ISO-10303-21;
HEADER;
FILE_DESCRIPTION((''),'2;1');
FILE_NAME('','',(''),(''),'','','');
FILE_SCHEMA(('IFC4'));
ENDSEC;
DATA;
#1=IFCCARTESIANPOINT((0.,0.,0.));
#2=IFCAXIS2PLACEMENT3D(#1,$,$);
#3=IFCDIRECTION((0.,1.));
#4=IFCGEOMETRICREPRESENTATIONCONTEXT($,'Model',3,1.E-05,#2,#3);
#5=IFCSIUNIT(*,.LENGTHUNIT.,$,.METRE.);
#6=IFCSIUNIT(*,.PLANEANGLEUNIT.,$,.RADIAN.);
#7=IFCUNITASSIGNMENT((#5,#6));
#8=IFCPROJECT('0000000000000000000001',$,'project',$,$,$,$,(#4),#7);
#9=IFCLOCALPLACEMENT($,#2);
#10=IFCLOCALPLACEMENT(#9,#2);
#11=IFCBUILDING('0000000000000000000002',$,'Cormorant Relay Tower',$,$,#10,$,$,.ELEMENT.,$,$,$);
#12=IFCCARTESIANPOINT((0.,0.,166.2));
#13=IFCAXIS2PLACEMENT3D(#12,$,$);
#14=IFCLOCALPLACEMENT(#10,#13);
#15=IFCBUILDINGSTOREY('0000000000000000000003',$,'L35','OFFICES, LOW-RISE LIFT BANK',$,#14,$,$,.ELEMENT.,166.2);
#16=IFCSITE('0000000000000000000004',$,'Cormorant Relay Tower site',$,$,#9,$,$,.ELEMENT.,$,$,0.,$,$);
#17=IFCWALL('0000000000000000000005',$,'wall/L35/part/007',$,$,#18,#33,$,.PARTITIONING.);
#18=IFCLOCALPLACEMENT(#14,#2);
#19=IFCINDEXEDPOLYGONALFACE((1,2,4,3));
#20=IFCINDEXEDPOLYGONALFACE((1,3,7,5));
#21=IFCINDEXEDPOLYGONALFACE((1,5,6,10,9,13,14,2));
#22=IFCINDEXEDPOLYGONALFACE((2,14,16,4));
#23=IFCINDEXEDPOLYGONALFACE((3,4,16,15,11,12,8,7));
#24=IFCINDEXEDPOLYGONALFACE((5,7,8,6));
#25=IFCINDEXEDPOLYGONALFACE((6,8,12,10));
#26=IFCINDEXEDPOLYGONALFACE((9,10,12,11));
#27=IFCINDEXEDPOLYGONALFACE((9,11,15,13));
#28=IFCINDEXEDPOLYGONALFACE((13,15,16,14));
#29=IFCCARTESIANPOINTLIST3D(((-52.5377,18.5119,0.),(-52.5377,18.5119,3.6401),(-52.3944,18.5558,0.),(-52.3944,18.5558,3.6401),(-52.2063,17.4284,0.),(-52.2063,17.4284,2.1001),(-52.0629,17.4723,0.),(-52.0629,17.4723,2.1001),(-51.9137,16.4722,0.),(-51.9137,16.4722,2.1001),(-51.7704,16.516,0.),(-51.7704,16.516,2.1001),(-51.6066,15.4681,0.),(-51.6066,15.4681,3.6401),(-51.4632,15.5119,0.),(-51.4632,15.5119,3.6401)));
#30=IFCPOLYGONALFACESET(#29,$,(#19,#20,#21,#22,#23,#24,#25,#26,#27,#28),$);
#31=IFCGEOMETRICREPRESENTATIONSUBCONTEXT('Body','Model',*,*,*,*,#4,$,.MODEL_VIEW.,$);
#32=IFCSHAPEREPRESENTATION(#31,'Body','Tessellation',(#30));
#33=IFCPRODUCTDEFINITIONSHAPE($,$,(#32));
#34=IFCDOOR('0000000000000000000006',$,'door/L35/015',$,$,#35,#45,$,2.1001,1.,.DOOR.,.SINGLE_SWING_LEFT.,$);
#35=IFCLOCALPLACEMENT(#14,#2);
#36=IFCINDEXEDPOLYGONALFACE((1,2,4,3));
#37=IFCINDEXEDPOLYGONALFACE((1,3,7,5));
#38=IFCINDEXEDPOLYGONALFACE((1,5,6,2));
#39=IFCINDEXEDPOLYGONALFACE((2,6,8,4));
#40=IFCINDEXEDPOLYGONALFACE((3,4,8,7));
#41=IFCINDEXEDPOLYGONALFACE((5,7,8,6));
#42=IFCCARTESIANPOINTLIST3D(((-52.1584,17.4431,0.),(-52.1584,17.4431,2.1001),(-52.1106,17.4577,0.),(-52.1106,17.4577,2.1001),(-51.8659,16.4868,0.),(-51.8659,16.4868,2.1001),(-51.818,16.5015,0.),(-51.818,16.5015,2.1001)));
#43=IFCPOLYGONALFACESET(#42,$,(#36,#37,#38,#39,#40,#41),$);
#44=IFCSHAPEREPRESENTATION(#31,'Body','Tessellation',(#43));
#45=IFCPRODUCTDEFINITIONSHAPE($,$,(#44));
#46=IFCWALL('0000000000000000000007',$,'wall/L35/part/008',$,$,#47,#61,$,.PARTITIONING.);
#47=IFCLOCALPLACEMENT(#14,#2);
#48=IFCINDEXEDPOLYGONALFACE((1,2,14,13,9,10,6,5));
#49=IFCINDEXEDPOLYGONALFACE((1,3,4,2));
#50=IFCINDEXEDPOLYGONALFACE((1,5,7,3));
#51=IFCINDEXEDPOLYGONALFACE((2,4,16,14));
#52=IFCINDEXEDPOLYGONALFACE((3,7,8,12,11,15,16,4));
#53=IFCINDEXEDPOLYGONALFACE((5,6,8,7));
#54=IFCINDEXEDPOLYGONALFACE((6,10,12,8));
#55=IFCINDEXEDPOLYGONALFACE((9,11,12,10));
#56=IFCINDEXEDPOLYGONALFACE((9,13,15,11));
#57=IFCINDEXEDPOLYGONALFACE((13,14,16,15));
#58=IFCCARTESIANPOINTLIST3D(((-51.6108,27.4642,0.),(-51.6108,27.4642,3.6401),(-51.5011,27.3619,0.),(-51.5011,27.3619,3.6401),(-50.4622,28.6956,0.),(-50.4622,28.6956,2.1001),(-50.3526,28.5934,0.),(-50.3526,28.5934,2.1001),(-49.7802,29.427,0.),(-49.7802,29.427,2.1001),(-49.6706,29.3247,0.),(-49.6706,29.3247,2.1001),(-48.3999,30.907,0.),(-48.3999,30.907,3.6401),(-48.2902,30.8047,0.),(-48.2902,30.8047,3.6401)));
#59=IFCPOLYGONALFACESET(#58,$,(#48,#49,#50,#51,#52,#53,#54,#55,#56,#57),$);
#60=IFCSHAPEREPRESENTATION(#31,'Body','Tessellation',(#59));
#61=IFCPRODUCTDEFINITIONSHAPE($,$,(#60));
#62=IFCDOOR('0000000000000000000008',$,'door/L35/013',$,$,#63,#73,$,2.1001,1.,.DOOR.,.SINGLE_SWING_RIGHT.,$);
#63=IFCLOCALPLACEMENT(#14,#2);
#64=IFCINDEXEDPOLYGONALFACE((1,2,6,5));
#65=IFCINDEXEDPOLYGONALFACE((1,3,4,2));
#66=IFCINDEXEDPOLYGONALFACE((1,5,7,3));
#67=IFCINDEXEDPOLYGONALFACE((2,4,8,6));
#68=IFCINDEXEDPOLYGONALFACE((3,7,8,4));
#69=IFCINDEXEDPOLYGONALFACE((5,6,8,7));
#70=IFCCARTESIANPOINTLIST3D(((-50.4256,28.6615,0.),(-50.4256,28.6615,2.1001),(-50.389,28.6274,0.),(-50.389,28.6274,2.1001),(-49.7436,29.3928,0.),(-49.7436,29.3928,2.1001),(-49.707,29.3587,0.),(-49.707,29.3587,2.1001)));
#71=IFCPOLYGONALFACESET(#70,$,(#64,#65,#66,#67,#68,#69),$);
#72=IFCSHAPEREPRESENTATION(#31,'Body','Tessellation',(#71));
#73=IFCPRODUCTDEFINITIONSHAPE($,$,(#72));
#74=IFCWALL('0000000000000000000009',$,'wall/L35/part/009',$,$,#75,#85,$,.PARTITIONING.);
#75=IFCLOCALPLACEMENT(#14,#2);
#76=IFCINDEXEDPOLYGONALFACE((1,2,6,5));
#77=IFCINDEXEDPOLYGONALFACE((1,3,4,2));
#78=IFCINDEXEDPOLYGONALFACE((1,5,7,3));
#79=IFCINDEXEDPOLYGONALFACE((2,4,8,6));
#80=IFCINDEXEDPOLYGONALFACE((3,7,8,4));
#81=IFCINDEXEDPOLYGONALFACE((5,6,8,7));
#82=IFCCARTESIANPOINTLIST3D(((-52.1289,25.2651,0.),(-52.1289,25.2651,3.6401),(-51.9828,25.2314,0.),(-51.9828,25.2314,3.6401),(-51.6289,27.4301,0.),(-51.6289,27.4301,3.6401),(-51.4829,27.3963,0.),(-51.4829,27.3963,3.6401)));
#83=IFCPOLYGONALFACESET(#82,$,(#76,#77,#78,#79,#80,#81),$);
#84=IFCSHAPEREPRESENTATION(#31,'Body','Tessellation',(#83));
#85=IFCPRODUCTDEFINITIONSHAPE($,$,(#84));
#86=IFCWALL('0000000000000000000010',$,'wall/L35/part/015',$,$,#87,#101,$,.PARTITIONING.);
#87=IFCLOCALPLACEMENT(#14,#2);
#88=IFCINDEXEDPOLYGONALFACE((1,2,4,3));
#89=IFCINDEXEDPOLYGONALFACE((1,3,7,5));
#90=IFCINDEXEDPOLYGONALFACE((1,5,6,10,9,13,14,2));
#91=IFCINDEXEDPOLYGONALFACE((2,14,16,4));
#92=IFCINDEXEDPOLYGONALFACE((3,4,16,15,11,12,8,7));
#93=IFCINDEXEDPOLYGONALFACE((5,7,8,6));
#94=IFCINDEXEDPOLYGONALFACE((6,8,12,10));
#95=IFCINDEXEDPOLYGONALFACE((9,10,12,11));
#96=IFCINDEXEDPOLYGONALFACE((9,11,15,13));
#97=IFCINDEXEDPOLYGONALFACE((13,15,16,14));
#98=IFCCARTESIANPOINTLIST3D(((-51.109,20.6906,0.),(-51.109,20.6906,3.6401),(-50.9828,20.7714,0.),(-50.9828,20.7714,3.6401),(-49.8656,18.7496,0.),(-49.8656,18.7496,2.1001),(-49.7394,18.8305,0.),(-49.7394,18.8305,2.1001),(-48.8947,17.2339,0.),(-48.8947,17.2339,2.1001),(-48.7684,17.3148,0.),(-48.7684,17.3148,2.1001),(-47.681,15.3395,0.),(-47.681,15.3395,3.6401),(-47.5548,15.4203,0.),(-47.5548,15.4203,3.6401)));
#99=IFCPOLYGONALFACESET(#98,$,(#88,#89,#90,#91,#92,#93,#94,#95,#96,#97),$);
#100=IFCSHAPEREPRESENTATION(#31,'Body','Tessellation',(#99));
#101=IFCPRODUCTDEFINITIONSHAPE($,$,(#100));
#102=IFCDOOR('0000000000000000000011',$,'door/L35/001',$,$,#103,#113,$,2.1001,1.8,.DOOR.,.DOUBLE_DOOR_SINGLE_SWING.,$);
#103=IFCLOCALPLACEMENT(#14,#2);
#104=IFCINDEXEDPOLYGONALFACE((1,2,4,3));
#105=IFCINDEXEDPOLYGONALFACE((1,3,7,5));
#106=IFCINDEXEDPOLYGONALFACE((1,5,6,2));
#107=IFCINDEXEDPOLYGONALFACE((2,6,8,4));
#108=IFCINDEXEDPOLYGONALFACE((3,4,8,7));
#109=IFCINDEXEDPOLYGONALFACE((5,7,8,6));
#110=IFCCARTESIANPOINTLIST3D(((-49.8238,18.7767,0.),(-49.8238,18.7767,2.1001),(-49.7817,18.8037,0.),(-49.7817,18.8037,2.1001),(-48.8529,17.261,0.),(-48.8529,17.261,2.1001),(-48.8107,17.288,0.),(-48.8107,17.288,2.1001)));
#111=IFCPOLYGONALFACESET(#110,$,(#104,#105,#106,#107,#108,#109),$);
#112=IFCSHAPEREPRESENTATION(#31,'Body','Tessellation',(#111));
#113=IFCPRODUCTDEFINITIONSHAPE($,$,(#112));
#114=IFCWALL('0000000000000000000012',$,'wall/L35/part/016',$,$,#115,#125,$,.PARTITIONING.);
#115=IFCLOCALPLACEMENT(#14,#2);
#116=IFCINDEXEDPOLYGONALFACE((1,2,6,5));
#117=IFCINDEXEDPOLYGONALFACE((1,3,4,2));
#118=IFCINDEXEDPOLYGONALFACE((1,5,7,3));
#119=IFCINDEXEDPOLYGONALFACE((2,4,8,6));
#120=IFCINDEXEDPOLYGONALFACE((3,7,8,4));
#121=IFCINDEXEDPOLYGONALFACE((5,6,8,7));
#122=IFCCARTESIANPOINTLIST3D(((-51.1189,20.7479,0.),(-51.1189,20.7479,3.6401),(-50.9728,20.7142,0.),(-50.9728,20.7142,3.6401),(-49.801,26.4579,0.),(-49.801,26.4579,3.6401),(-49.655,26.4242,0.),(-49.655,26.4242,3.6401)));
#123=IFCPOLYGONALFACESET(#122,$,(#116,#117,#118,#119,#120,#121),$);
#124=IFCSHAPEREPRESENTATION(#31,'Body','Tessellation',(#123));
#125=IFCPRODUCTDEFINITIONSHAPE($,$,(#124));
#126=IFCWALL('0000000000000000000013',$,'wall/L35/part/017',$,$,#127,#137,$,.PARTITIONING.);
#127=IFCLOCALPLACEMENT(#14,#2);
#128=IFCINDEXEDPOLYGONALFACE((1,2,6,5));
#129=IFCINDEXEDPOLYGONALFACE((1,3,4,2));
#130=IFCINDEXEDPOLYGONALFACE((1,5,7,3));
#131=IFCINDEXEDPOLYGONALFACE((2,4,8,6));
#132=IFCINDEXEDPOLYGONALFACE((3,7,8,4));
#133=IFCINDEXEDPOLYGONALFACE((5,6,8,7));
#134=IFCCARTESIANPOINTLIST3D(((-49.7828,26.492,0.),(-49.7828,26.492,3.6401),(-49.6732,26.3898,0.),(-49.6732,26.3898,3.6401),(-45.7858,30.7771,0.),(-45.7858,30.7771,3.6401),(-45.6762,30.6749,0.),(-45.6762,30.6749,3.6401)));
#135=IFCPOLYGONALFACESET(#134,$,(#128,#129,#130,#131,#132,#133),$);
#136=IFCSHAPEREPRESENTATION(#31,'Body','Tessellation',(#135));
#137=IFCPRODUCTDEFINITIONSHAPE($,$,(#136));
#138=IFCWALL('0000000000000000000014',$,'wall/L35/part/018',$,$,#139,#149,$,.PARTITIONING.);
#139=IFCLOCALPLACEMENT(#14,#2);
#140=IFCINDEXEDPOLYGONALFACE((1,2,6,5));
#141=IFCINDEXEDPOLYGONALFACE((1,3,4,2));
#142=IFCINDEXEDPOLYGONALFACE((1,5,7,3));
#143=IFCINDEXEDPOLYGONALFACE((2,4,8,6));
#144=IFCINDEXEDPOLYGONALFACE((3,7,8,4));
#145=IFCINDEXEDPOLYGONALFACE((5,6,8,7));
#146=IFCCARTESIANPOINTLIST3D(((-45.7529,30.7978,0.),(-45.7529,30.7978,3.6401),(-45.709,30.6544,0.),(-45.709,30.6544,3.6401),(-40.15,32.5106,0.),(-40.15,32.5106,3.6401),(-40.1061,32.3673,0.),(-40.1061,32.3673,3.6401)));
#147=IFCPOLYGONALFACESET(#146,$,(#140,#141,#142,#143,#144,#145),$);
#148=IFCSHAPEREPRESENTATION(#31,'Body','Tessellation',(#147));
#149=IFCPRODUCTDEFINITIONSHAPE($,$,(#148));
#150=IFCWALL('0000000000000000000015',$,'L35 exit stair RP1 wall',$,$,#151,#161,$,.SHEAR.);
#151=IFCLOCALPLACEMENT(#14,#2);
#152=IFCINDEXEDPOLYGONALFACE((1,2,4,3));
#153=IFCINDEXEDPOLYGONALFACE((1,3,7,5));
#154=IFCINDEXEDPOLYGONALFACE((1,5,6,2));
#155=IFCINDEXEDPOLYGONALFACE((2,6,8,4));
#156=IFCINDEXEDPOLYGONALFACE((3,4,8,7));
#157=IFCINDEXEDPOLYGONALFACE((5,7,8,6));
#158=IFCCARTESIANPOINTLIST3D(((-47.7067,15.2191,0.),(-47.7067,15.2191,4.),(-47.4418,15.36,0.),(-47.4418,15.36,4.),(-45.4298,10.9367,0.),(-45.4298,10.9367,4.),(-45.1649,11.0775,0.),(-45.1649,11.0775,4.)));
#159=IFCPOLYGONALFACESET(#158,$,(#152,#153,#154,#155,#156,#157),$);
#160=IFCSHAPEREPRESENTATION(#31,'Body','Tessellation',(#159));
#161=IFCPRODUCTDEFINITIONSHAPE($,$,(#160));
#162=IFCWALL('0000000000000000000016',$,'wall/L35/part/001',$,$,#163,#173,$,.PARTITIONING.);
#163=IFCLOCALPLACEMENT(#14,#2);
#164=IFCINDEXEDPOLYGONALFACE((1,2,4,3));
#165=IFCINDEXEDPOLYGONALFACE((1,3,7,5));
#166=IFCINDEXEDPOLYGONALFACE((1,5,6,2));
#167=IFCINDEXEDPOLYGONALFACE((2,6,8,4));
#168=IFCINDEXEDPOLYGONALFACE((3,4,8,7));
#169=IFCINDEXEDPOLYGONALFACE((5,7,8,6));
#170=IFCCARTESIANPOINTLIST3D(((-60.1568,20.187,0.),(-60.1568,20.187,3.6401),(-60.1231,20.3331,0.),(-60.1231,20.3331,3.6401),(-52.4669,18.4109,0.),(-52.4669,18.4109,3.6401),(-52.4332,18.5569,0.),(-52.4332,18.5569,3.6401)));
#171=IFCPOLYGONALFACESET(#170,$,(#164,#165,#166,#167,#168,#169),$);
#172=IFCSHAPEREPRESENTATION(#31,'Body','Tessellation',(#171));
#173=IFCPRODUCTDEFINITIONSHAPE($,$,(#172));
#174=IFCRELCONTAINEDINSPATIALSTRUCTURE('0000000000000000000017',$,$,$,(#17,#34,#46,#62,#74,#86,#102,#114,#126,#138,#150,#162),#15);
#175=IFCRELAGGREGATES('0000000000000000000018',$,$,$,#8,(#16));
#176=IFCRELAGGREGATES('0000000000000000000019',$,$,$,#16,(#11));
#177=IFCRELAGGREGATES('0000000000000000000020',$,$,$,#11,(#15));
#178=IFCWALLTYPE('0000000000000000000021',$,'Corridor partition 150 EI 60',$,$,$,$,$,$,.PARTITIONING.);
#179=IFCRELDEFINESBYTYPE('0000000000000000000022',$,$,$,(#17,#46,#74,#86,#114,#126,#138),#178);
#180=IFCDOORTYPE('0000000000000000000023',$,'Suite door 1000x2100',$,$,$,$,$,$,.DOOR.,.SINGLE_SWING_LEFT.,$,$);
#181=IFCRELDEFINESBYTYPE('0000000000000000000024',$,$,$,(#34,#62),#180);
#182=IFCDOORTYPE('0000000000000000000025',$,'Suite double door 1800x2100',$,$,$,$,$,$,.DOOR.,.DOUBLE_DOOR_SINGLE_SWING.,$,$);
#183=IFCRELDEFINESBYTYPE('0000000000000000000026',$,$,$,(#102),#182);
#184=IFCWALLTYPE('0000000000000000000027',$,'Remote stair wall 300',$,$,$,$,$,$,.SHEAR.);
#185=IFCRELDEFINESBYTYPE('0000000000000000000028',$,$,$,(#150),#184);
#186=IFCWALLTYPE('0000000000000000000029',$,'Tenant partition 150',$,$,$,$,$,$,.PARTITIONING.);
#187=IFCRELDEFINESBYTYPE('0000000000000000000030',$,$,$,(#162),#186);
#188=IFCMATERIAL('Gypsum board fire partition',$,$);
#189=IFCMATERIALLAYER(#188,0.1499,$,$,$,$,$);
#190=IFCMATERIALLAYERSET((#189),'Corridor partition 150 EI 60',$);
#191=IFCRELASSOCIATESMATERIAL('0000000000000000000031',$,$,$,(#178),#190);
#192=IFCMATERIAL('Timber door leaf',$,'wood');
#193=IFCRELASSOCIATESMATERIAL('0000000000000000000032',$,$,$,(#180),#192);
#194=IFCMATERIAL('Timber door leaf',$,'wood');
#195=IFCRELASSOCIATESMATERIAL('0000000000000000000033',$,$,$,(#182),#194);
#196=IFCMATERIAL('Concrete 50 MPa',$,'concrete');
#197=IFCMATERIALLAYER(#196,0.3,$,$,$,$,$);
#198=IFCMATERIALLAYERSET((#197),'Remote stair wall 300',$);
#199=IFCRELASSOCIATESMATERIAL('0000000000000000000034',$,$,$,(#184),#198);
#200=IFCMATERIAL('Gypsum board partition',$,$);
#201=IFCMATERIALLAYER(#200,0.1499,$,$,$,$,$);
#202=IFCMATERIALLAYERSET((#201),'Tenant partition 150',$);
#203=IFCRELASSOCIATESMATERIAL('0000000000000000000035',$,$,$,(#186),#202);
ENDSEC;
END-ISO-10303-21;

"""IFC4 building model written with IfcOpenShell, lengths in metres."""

from ifc_helpers import new_model, si_unit, direction, frame, frame_2d, origin, place, context, subcontext, project, spatial, rectangle, extrude, material, layer, layer_set, type_object, element, fill, save


model = new_model("IFC4")

# Units and contexts
model_context = context("Model", 3, precision=1e-05, world=origin(), true_north=direction((0.0, 1.0)))
body_context = subcontext(model_context, "Body", "Model", "MODEL_VIEW")
ifc_project = project(units=[si_unit("LENGTHUNIT", "METRE"), si_unit("PLANEANGLEUNIT", "RADIAN")], contexts=[model_context])

# Site, building, storey
site_placement = place(None, origin())
site = spatial("IfcSite", under=ifc_project, at=site_placement, Name="Cormorant Relay Tower site", CompositionType="ELEMENT", RefElevation=0.0)
building_placement = place(site_placement, origin())
building = spatial("IfcBuilding", under=site, at=building_placement, Name="Cormorant Relay Tower", CompositionType="ELEMENT")
storey_placement = place(building_placement, frame((0.0, 0.0, 166.2)))
storey = spatial("IfcBuildingStorey", under=building, at=storey_placement, Name="L35", Description="OFFICES, LOW-RISE LIFT BANK", CompositionType="ELEMENT", Elevation=166.2)

# Shared definitions
ifc_material_1 = material(Name="Gypsum board fire partition")
ifc_layer_1 = layer(ifc_material_1, 0.1499)
ifc_layer_set_1 = layer_set([ifc_layer_1], Name="Corridor partition 150 EI 60")
wall_type_1 = type_object("IfcWallType", Name="Corridor partition 150 EI 60", PredefinedType="PARTITIONING", material=ifc_layer_set_1)
ifc_material_2 = material(Name="Timber door leaf", Category="wood")
door_type_1 = type_object("IfcDoorType", Name="Suite door 1000x2100", OperationType="SINGLE_SWING_LEFT", PredefinedType="DOOR", material=ifc_material_2)

# Walls, openings, doors
wall_1_placement = place(storey_placement, frame((-51.5349, 15.49, 0.0), z_axis=(0.0, 0.0, 1.0), x_axis=(-0.292522, 0.956259, 0.0)))
wall_1 = element("IfcWall", 1, at=wall_1_placement, inside=storey, type_object=wall_type_1, Name="wall/L35/part/007", PredefinedType="PARTITIONING", context=body_context, shape_type="SweptSolid", body=[
    extrude(rectangle(XDim=3.1831, YDim=0.1499, at=frame_2d((1.5916, 0.0))), origin(), (0.0, 0.0, 1.0), 3.6401),
])
opening_1_placement = place(wall_1_placement, frame((1.05, 0.0, 0.0)))
opening_1 = element("IfcOpeningElement", 2, at=opening_1_placement, cuts=wall_1, PredefinedType="OPENING", context=body_context, shape_type="SweptSolid", body=[
    extrude(rectangle(XDim=1.0, YDim=2.1001, at=frame_2d((0.5, 1.05))), frame((0.0, 0.085, 0.0), z_axis=(0.0, -1.0, 0.0), x_axis=(1.0, 0.0, 0.0)), (0.0, 0.0, 1.0), 0.1699),
])
door_1_placement = place(opening_1_placement, origin())
door_1 = element("IfcDoor", 3, at=door_1_placement, inside=storey, type_object=door_type_1, Name="door/L35/015", OperationType="SINGLE_SWING_LEFT", OverallHeight=2.1001, OverallWidth=1.0, PredefinedType="DOOR", context=body_context, shape_type="SweptSolid", body=[
    extrude(rectangle(XDim=1.0, YDim=2.1001, at=frame_2d((0.5, 1.05))), frame((0.0, 0.0249, 0.0), z_axis=(0.0, -1.0, 0.0), x_axis=(1.0, 0.0, 0.0)), (0.0, 0.0, 1.0), 0.05),
])
fill(opening_1, door_1)
wall_2_placement = place(storey_placement, frame((-48.345, 30.856, 0.0), z_axis=(0.0, 0.0, 1.0), x_axis=(-0.682045, -0.73131, 0.0)))
wall_2 = element("IfcWall", 4, at=wall_2_placement, inside=storey, type_object=wall_type_1, Name="wall/L35/part/008", PredefinedType="PARTITIONING", context=body_context, shape_type="SweptSolid", body=[
    extrude(rectangle(XDim=4.7078, YDim=0.1499, at=frame_2d((2.354, 0.0))), origin(), (0.0, 0.0, 1.0), 3.6401),
])
opening_2_placement = place(wall_2_placement, frame((2.0239, 0.0, 0.0)))
opening_2 = element("IfcOpeningElement", 5, at=opening_2_placement, cuts=wall_2, PredefinedType="OPENING", context=body_context, shape_type="SweptSolid", body=[
    extrude(rectangle(XDim=1.0, YDim=2.1001, at=frame_2d((0.5, 1.05))), frame((0.0, 0.085, 0.0), z_axis=(0.0, -1.0, 0.0), x_axis=(1.0, 0.0, 0.0)), (0.0, 0.0, 1.0), 0.1699),
])
door_2_placement = place(opening_2_placement, frame((1.0, 0.0, 0.0), z_axis=(0.0, 0.0, 1.0), x_axis=(-1.0, 0.0, 0.0)))
door_2 = element("IfcDoor", 6, at=door_2_placement, inside=storey, type_object=door_type_1, Name="door/L35/013", OperationType="SINGLE_SWING_RIGHT", OverallHeight=2.1001, OverallWidth=1.0, PredefinedType="DOOR", context=body_context, shape_type="SweptSolid", body=[
    extrude(rectangle(XDim=1.0, YDim=2.1001, at=frame_2d((0.5, 1.05))), frame((0.0, 0.0249, 0.0), z_axis=(0.0, -1.0, 0.0), x_axis=(1.0, 0.0, 0.0)), (0.0, 0.0, 1.0), 0.05),
])
fill(opening_2, door_2)

# Wall
wall_3_placement = place(storey_placement, frame((-51.5559, 27.4131, 0.0), z_axis=(0.0, 0.0, 1.0), x_axis=(-0.22502, -0.974354, 0.0)))
element("IfcWall", 7, at=wall_3_placement, inside=storey, type_object=wall_type_1, Name="wall/L35/part/009", PredefinedType="PARTITIONING", context=body_context, shape_type="SweptSolid", body=[
    extrude(rectangle(XDim=2.2219, YDim=0.1499, at=frame_2d((1.1108, 0.0))), origin(), (0.0, 0.0, 1.0), 3.6401),
])

# Wall, opening, door
wall_4_placement = place(storey_placement, frame((-47.6179, 15.3799, 0.0), z_axis=(0.0, 0.0, 1.0), x_axis=(-0.539421, 0.842036, 0.0)))
wall_4 = element("IfcWall", 8, at=wall_4_placement, inside=storey, type_object=wall_type_1, Name="wall/L35/part/015", PredefinedType="PARTITIONING", context=body_context, shape_type="SweptSolid", body=[
    extrude(rectangle(XDim=6.355, YDim=0.1499, at=frame_2d((3.1775, 0.0))), origin(), (0.0, 0.0, 1.0), 3.6401),
])
opening_3_placement = place(wall_4_placement, frame((2.25, 0.0, 0.0)))
opening_3 = element("IfcOpeningElement", 9, at=opening_3_placement, cuts=wall_4, PredefinedType="OPENING", context=body_context, shape_type="SweptSolid", body=[
    extrude(rectangle(XDim=1.8, YDim=2.1001, at=frame_2d((0.8999, 1.05))), frame((0.0, 0.085, 0.0), z_axis=(0.0, -1.0, 0.0), x_axis=(1.0, 0.0, 0.0)), (0.0, 0.0, 1.0), 0.1699),
])
ifc_material_3 = material(Name="Timber door leaf", Category="wood")
door_type_2 = type_object("IfcDoorType", Name="Suite double door 1800x2100", OperationType="DOUBLE_DOOR_SINGLE_SWING", PredefinedType="DOOR", material=ifc_material_3)
door_3_placement = place(opening_3_placement, frame((1.8, 0.0, 0.0), z_axis=(0.0, 0.0, 1.0), x_axis=(-1.0, 0.0, 0.0)))
door_3 = element("IfcDoor", 10, at=door_3_placement, inside=storey, type_object=door_type_2, Name="door/L35/001", OperationType="DOUBLE_DOOR_SINGLE_SWING", OverallHeight=2.1001, OverallWidth=1.8, PredefinedType="DOOR", context=body_context, shape_type="SweptSolid", body=[
    extrude(rectangle(XDim=1.8, YDim=2.1001, at=frame_2d((0.8999, 1.05))), frame((0.0, 0.0249, 0.0), z_axis=(0.0, -1.0, 0.0), x_axis=(1.0, 0.0, 0.0)), (0.0, 0.0, 1.0), 0.05),
])
fill(opening_3, door_3)

# Walls
wall_5_placement = place(storey_placement, frame((-51.0459, 20.731, 0.0), z_axis=(0.0, 0.0, 1.0), x_axis=(0.22489, 0.974384, 0.0)))
element("IfcWall", 11, at=wall_5_placement, inside=storey, type_object=wall_type_1, Name="wall/L35/part/016", PredefinedType="PARTITIONING", context=body_context, shape_type="SweptSolid", body=[
    extrude(rectangle(XDim=5.8601, YDim=0.1499, at=frame_2d((2.9302, 0.0))), origin(), (0.0, 0.0, 1.0), 3.6401),
])
wall_6_placement = place(storey_placement, frame((-49.728, 26.4409, 0.0), z_axis=(0.0, 0.0, 1.0), x_axis=(0.682099, 0.73126, 0.0)))
element("IfcWall", 12, at=wall_6_placement, inside=storey, type_object=wall_type_1, Name="wall/L35/part/017", PredefinedType="PARTITIONING", context=body_context, shape_type="SweptSolid", body=[
    extrude(rectangle(XDim=5.8599, YDim=0.1499, at=frame_2d((2.9299, 0.0))), origin(), (0.0, 0.0, 1.0), 3.6401),
])
wall_7_placement = place(storey_placement, frame((-45.731, 30.7261, 0.0), z_axis=(0.0, 0.0, 1.0), x_axis=(0.956311, 0.292352, 0.0)))
element("IfcWall", 13, at=wall_7_placement, inside=storey, type_object=wall_type_1, Name="wall/L35/part/018", PredefinedType="PARTITIONING", context=body_context, shape_type="SweptSolid", body=[
    extrude(rectangle(XDim=5.8589, YDim=0.1499, at=frame_2d((2.9294, 0.0))), origin(), (0.0, 0.0, 1.0), 3.6401),
])
ifc_material_4 = material(Name="Concrete 50 MPa", Category="concrete")
ifc_layer_2 = layer(ifc_material_4, 0.3)
ifc_layer_set_2 = layer_set([ifc_layer_2], Name="Remote stair wall 300")
wall_type_2 = type_object("IfcWallType", Name="Remote stair wall 300", PredefinedType="SHEAR", material=ifc_layer_set_2)
wall_8_placement = place(storey_placement, frame((-47.5742, 15.2896, 0.0), z_axis=(0.0, 0.0, 1.0), x_axis=(0.469443, -0.882963, 0.0)))
element("IfcWall", 14, at=wall_8_placement, inside=storey, type_object=wall_type_2, Name="L35 exit stair RP1 wall", PredefinedType="SHEAR", context=body_context, shape_type="SweptSolid", body=[
    extrude(rectangle(XDim=4.8501, YDim=0.3, at=frame_2d((2.425, 0.0))), origin(), (0.0, 0.0, 1.0), 4.0),
])
ifc_material_5 = material(Name="Gypsum board partition")
ifc_layer_3 = layer(ifc_material_5, 0.1499)
ifc_layer_set_3 = layer_set([ifc_layer_3], Name="Tenant partition 150")
wall_type_3 = type_object("IfcWallType", Name="Tenant partition 150", PredefinedType="PARTITIONING", material=ifc_layer_set_3)
wall_9_placement = place(storey_placement, frame((-52.45, 18.4839, 0.0), z_axis=(0.0, 0.0, 1.0), x_axis=(-0.974349, 0.225042, 0.0)))
element("IfcWall", 15, at=wall_9_placement, inside=storey, type_object=wall_type_3, Name="wall/L35/part/001", PredefinedType="PARTITIONING", context=body_context, shape_type="SweptSolid", body=[
    extrude(rectangle(XDim=7.8923, YDim=0.1499, at=frame_2d((3.9463, 0.0))), origin(), (0.0, 0.0, 1.0), 3.6401),
])

save(model, "model.ifc")
